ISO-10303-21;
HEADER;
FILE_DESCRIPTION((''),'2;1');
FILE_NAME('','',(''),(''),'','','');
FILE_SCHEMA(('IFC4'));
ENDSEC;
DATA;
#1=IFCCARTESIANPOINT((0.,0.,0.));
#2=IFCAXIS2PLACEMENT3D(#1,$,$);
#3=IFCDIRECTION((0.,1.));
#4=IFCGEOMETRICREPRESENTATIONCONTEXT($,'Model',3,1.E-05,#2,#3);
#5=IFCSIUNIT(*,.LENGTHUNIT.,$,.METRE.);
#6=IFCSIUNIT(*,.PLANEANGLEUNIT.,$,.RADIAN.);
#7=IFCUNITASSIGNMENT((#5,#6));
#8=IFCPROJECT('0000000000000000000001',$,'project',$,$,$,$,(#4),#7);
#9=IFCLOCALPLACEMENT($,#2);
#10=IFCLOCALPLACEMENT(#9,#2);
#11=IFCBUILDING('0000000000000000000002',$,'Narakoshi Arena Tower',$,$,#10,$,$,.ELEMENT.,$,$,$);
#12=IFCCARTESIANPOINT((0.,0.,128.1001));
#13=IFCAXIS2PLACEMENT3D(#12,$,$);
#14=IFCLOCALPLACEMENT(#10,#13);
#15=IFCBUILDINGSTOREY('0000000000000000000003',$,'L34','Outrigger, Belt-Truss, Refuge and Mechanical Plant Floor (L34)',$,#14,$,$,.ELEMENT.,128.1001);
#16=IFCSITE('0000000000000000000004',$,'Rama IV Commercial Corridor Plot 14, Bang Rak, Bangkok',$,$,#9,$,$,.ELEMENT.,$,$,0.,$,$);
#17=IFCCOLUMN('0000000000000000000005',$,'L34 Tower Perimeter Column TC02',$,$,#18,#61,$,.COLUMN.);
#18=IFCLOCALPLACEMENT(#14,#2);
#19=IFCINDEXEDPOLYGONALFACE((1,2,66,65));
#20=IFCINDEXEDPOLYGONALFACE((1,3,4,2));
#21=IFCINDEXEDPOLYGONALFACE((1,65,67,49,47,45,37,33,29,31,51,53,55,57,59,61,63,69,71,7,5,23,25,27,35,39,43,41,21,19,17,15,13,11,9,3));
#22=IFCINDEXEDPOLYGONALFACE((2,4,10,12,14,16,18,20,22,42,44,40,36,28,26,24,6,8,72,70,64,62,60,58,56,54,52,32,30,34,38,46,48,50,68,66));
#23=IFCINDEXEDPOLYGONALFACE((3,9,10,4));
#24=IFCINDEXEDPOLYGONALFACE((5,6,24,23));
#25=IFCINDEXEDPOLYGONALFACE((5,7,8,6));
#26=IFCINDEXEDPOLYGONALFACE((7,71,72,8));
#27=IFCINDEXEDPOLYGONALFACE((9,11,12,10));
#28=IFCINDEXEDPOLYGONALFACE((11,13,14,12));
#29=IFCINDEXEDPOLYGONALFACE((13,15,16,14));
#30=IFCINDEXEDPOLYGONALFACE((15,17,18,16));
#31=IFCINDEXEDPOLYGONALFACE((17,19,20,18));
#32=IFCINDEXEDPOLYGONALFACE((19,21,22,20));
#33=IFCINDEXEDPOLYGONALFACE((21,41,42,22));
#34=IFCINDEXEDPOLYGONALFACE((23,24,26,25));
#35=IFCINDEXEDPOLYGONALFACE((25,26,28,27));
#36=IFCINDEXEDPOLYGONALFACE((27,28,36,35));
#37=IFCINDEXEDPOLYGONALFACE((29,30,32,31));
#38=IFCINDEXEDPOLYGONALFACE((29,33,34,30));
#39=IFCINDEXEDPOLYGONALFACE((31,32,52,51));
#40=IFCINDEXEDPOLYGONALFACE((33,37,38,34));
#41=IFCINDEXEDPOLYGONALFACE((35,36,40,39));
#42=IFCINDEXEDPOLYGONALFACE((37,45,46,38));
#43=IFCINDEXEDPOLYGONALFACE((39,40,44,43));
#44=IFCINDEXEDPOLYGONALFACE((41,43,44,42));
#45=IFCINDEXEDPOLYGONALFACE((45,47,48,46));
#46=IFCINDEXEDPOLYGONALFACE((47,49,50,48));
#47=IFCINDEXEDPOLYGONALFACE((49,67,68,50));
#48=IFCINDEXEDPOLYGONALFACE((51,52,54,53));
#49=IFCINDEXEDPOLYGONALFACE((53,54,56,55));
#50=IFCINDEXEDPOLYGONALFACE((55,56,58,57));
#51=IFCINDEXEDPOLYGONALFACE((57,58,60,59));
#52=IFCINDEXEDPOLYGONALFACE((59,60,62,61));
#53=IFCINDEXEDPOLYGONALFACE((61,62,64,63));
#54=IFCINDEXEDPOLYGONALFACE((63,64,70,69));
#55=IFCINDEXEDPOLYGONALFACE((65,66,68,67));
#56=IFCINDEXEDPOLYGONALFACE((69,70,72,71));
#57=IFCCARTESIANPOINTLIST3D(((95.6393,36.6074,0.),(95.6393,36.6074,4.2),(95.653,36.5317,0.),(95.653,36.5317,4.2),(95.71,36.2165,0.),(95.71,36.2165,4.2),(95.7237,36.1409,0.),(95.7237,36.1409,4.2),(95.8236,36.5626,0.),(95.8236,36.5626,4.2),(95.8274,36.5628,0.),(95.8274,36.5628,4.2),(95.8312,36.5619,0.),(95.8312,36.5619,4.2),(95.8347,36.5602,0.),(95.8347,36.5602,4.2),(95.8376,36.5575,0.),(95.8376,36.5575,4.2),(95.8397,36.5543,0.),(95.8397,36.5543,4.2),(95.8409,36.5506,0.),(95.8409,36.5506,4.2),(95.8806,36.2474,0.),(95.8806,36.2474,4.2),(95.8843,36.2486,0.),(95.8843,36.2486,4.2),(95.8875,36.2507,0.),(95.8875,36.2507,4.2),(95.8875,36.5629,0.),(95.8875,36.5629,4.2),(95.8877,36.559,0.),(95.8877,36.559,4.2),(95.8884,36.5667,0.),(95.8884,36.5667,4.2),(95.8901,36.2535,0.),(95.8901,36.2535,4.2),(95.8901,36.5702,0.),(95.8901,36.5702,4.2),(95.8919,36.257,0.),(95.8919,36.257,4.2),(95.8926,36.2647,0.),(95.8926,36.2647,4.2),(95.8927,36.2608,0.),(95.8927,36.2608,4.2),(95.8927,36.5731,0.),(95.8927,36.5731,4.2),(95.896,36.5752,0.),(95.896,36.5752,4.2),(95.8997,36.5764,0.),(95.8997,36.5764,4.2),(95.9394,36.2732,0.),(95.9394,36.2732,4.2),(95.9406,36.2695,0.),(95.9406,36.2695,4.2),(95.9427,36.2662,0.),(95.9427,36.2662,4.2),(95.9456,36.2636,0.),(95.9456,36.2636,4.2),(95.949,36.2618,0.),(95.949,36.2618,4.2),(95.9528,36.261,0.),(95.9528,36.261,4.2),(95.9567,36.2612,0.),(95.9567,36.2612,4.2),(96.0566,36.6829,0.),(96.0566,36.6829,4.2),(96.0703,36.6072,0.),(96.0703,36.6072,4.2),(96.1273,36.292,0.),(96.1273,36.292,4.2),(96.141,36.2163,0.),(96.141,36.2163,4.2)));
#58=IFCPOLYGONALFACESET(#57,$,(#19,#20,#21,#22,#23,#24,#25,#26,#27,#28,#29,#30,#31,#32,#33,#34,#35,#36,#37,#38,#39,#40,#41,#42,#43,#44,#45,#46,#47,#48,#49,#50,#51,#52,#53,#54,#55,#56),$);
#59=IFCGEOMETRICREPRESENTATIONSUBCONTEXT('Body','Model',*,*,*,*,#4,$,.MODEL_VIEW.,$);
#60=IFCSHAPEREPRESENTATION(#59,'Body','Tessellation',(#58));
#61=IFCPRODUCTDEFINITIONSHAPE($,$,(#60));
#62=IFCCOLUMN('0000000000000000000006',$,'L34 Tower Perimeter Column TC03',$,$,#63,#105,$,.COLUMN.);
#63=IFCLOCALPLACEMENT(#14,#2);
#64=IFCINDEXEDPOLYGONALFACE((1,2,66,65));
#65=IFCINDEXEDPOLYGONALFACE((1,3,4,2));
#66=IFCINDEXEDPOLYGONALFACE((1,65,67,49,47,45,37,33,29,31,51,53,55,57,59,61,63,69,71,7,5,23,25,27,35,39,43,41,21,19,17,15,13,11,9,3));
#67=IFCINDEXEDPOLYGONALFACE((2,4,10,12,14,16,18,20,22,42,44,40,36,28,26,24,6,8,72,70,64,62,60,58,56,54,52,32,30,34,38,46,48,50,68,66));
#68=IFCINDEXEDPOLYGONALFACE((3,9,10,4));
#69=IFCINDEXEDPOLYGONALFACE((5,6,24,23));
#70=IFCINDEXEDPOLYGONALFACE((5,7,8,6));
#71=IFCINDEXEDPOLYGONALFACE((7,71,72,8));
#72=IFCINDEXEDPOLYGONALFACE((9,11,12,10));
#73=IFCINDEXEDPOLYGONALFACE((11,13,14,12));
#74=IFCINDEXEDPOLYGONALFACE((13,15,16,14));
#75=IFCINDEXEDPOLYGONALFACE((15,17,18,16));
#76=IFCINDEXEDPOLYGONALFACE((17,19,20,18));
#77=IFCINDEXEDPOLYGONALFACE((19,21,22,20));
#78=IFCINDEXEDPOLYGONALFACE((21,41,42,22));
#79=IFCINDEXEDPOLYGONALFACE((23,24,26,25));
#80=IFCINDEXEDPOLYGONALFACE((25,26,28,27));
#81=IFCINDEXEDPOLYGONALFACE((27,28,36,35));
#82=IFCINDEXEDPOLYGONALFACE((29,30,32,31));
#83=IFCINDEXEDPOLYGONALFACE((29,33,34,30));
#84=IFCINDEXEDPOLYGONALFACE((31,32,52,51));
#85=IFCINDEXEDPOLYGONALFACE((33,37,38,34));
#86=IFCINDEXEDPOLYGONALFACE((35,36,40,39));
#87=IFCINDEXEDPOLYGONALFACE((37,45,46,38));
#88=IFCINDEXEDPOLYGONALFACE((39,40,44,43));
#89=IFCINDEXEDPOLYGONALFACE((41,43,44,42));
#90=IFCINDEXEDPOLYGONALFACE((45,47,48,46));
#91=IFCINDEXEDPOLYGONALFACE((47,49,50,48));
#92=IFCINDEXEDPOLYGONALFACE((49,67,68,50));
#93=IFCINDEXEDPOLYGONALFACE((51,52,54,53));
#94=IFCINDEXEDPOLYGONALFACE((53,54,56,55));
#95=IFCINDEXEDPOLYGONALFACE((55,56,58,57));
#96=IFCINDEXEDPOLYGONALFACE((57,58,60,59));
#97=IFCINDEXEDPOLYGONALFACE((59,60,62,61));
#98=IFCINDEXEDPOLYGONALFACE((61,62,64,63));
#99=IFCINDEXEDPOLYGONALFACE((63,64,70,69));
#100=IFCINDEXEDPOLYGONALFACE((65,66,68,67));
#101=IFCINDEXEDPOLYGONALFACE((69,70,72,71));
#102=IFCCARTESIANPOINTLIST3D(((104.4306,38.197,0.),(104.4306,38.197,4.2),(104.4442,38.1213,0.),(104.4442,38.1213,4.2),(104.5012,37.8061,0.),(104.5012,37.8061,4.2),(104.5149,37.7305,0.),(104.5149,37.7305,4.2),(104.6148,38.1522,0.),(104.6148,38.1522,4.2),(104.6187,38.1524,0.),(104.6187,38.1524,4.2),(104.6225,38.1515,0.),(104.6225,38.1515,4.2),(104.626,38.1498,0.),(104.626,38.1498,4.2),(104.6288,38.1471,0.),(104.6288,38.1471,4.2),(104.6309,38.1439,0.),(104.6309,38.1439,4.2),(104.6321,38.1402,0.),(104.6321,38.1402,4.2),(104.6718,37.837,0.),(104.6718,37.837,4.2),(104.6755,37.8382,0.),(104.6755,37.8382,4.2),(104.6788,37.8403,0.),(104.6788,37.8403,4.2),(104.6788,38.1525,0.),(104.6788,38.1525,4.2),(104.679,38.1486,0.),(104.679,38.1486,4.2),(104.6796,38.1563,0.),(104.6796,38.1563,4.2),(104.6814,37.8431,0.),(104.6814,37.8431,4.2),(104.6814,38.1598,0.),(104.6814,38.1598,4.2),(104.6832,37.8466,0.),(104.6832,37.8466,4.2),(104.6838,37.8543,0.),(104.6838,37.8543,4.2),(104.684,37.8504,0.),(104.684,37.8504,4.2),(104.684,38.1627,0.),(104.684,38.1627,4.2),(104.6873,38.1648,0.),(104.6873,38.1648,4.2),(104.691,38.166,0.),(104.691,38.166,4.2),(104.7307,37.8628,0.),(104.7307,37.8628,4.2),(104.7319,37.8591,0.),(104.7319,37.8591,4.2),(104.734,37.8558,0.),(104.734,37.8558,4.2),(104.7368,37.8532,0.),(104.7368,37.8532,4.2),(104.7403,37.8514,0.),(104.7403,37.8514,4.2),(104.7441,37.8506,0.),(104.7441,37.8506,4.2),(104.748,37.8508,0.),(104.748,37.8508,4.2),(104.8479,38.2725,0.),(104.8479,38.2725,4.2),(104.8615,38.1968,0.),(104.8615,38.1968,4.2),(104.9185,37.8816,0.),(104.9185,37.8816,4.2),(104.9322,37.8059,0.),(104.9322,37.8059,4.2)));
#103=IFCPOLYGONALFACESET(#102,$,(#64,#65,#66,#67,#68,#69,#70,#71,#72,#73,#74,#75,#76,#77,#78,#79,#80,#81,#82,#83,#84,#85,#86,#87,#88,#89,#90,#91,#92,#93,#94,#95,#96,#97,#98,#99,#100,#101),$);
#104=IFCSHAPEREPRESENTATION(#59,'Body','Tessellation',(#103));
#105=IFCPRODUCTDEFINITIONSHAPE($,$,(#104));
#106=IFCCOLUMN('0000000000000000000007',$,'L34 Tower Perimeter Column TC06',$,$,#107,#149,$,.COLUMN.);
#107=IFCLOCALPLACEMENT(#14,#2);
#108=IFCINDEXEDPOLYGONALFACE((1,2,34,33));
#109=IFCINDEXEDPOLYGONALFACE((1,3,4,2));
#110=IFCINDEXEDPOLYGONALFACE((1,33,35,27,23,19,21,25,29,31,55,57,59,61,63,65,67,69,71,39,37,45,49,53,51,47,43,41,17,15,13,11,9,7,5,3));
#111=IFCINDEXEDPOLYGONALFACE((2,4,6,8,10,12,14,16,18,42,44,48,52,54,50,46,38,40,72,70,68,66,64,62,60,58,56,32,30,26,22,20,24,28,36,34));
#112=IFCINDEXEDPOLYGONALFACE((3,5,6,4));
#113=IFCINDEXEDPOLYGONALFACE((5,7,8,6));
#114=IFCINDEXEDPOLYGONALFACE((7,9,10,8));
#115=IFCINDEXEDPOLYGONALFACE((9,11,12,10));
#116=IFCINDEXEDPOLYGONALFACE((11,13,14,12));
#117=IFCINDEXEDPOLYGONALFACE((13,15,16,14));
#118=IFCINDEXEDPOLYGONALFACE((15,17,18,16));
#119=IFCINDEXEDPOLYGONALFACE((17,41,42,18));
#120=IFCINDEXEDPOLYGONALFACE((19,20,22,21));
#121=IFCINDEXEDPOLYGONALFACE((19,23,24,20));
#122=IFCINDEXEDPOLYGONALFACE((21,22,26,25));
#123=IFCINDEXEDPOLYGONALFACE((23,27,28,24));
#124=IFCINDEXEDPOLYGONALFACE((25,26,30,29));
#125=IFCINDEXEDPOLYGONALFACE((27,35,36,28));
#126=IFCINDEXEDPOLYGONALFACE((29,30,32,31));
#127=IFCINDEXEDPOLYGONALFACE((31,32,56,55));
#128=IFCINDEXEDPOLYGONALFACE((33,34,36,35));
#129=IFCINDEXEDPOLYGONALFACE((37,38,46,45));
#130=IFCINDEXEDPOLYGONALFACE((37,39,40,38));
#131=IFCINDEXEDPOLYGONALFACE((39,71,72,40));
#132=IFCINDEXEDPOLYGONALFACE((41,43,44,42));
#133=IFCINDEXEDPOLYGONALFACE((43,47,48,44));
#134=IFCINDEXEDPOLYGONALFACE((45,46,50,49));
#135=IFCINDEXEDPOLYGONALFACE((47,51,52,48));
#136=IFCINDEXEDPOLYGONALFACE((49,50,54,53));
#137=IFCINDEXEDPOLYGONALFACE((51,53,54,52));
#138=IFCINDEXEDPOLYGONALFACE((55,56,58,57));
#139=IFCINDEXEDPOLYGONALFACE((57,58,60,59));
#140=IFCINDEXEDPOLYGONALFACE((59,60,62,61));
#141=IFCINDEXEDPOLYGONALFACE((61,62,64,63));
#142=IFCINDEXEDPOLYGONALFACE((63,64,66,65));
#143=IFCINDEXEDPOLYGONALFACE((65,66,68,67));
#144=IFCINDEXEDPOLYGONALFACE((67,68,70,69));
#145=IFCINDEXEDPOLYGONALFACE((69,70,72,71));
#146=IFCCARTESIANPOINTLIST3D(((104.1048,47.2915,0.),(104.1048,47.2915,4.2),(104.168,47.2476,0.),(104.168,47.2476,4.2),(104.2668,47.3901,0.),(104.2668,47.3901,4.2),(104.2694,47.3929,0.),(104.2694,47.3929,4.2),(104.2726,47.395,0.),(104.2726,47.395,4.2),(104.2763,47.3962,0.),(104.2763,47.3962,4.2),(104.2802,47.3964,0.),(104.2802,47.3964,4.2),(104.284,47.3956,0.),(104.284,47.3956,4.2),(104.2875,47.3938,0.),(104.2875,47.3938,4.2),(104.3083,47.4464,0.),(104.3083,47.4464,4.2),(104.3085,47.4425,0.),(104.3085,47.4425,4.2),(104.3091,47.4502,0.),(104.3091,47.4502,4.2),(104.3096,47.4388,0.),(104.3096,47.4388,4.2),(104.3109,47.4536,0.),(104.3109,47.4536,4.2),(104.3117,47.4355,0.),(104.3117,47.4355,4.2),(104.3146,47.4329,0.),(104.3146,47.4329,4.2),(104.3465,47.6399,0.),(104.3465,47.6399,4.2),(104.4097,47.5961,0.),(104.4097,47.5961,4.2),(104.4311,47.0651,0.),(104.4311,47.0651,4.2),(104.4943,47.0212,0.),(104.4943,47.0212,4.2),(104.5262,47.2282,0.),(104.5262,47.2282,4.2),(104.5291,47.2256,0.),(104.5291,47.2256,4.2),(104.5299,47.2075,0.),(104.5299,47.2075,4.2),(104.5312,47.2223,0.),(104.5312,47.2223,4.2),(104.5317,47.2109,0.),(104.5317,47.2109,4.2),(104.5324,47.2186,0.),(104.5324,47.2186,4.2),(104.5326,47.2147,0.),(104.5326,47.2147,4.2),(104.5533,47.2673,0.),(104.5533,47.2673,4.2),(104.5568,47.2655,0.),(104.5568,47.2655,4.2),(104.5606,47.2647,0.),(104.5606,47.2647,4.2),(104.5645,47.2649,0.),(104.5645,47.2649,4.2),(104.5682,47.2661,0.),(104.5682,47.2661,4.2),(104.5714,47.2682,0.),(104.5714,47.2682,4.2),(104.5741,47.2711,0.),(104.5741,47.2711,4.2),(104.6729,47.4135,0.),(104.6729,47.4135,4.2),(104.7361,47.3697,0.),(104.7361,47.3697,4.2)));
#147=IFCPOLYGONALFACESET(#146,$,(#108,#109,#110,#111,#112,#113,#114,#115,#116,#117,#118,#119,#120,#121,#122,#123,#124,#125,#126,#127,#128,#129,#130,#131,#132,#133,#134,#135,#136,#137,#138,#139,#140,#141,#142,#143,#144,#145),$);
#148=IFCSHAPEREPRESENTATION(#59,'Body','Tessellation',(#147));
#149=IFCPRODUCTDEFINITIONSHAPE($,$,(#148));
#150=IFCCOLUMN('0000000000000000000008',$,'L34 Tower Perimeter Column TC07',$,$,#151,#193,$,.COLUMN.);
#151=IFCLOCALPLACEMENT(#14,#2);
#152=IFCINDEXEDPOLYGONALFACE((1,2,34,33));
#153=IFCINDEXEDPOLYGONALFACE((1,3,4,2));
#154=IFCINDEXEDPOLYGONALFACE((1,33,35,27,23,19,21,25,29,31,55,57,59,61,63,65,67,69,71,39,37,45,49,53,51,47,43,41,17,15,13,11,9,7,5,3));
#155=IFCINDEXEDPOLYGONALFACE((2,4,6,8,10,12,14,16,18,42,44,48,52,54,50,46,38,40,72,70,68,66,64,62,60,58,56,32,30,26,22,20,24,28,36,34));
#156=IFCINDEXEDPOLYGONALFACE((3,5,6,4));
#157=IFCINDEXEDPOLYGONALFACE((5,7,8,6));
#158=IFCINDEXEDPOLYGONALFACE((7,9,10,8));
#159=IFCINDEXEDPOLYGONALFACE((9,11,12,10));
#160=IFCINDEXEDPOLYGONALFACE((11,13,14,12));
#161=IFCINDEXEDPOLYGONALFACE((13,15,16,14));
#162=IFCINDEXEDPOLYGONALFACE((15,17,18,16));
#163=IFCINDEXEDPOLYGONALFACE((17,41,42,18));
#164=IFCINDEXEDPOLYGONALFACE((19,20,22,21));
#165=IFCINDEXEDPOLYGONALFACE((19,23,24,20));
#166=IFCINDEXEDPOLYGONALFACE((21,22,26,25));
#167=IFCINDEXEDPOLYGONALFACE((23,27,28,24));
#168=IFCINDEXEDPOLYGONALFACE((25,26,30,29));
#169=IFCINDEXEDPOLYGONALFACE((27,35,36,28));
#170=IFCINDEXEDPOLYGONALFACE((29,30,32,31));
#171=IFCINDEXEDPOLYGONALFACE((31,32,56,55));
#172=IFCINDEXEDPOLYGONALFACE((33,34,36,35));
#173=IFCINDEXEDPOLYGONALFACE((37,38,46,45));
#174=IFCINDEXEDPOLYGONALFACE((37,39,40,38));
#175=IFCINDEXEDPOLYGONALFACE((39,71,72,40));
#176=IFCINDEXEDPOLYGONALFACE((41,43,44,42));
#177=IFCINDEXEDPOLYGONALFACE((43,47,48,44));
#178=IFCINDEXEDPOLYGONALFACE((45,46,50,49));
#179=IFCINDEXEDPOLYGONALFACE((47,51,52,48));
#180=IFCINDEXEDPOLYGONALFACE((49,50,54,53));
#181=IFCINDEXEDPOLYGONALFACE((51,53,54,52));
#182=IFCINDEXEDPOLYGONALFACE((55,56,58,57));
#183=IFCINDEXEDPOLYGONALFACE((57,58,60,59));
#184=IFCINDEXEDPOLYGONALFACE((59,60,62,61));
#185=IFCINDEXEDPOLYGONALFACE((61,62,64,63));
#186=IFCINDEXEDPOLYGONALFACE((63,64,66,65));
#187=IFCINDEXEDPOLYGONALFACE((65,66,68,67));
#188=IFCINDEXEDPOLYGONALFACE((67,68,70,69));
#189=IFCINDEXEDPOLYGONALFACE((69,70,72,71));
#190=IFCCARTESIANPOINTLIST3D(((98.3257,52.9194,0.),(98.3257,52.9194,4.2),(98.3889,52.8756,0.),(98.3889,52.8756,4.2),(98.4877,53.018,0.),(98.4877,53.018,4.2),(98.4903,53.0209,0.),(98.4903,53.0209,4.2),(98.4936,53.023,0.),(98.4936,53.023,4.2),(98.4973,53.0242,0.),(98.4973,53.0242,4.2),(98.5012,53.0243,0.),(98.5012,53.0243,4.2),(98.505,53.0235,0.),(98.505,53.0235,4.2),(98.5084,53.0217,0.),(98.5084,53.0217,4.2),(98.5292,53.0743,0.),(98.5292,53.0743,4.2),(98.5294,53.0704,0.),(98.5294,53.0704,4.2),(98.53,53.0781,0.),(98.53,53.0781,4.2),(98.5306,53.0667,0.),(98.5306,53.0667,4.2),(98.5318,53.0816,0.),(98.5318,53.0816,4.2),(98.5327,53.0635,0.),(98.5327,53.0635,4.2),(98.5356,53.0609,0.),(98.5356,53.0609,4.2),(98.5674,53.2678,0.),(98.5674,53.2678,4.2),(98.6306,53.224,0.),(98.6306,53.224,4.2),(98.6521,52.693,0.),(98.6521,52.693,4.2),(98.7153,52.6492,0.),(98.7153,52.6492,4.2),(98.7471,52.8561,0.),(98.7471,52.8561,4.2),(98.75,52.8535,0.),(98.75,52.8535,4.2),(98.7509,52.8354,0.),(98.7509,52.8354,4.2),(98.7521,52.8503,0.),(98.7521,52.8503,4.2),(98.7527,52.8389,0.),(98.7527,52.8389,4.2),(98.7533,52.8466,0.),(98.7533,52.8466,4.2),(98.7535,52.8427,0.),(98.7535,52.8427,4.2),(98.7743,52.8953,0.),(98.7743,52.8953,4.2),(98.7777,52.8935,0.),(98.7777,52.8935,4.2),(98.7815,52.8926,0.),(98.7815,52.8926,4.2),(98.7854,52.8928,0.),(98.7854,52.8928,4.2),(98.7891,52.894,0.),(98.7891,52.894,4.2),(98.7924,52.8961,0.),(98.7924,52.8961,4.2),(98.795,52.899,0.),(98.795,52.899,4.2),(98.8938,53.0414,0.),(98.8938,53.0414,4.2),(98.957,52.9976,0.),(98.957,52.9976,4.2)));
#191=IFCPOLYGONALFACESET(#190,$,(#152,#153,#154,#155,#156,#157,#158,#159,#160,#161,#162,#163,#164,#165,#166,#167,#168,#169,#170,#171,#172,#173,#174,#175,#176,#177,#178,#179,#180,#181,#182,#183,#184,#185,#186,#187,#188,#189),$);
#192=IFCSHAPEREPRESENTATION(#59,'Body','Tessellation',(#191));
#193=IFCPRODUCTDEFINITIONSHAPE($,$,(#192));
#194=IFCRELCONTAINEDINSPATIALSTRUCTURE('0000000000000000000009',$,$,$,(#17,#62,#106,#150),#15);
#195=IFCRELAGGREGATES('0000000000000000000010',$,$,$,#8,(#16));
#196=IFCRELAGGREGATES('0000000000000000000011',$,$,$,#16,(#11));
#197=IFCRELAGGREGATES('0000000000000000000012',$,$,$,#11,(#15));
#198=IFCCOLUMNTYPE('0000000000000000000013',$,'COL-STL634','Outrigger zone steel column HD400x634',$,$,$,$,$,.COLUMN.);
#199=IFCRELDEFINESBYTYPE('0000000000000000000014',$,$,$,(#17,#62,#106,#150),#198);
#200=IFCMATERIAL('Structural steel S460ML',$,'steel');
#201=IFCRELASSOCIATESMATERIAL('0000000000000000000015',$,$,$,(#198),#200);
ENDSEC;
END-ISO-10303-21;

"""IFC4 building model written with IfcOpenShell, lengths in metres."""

from ifc_helpers import new_model, si_unit, direction, frame, origin, origin_2d, place, context, subcontext, project, spatial, i_section, extrude, material, material_profile, profile_set, type_object, element, save


model = new_model("IFC4")

# Units and contexts
model_context = context("Model", 3, precision=1e-05, world=origin(), true_north=direction((0.0, 1.0)))
body_context = subcontext(model_context, "Body", "Model", "MODEL_VIEW")
ifc_project = project(units=[si_unit("LENGTHUNIT", "METRE"), si_unit("PLANEANGLEUNIT", "RADIAN")], contexts=[model_context])

# Site, building, storey
site_placement = place(None, origin())
site = spatial("IfcSite", under=ifc_project, at=site_placement, Name="Rama IV Commercial Corridor Plot 14, Bang Rak, Bangkok", CompositionType="ELEMENT", RefElevation=0.0)
building_placement = place(site_placement, origin())
building = spatial("IfcBuilding", under=site, at=building_placement, Name="Narakoshi Arena Tower", CompositionType="ELEMENT")
storey_placement = place(building_placement, frame((0.0, 0.0, 128.1001)))
storey = spatial("IfcBuildingStorey", under=building, at=storey_placement, Name="L34", Description="Outrigger, Belt-Truss, Refuge and Mechanical Plant Floor (L34)", CompositionType="ELEMENT", Elevation=128.1001)

# Columns
ifc_material_1 = material(Name="Structural steel S460ML", Category="steel")
ifc_material_profile_1 = material_profile(ifc_material_1, i_section(OverallWidth=0.4241, OverallDepth=0.4741, WebThickness=0.0476, FlangeThickness=0.0769, FilletRadius=0.0149, at=origin_2d()), Name="HD400x634")
ifc_profile_set_1 = profile_set([ifc_material_profile_1], Name="Structural steel S460ML")
column_type = type_object("IfcColumnType", Name="COL-STL634", Description="Outrigger zone steel column HD400x634", PredefinedType="COLUMN", material=ifc_profile_set_1)
for number, where, z_axis, x_axis, name in (
    (1, (95.8901, 36.4119, 0.0), (0.0, 0.0, 1.0), (0.984041, 0.177944, 0.0), "L34 Tower Perimeter Column TC02"),
    (2, (104.6814, 38.0015, 0.0), (0.0, 0.0, 1.0), (0.984041, 0.177944, 0.0), "L34 Tower Perimeter Column TC03"),
    (3, (104.4204, 47.3306, 0.0), (0.0, 0.0, 1.0), (0.569997, 0.821647, 0.0), "L34 Tower Perimeter Column TC06"),
    (4, (98.6414, 52.9585, 0.0), (0.0, 0.0, 1.0), (0.569997, 0.821647, 0.0), "L34 Tower Perimeter Column TC07"),
):
    element("IfcColumn", number, at=place(storey_placement, frame(where, z_axis=z_axis, x_axis=x_axis)), inside=storey, type_object=column_type, Name=name, PredefinedType="COLUMN", context=body_context, shape_type="SweptSolid", body=[
        extrude(i_section(OverallWidth=0.4241, OverallDepth=0.4741, WebThickness=0.0476, FlangeThickness=0.0769, FilletRadius=0.0149, at=origin_2d()), origin(), (0.0, 0.0, 1.0), 4.2),
    ])

save(model, "model.ifc")
